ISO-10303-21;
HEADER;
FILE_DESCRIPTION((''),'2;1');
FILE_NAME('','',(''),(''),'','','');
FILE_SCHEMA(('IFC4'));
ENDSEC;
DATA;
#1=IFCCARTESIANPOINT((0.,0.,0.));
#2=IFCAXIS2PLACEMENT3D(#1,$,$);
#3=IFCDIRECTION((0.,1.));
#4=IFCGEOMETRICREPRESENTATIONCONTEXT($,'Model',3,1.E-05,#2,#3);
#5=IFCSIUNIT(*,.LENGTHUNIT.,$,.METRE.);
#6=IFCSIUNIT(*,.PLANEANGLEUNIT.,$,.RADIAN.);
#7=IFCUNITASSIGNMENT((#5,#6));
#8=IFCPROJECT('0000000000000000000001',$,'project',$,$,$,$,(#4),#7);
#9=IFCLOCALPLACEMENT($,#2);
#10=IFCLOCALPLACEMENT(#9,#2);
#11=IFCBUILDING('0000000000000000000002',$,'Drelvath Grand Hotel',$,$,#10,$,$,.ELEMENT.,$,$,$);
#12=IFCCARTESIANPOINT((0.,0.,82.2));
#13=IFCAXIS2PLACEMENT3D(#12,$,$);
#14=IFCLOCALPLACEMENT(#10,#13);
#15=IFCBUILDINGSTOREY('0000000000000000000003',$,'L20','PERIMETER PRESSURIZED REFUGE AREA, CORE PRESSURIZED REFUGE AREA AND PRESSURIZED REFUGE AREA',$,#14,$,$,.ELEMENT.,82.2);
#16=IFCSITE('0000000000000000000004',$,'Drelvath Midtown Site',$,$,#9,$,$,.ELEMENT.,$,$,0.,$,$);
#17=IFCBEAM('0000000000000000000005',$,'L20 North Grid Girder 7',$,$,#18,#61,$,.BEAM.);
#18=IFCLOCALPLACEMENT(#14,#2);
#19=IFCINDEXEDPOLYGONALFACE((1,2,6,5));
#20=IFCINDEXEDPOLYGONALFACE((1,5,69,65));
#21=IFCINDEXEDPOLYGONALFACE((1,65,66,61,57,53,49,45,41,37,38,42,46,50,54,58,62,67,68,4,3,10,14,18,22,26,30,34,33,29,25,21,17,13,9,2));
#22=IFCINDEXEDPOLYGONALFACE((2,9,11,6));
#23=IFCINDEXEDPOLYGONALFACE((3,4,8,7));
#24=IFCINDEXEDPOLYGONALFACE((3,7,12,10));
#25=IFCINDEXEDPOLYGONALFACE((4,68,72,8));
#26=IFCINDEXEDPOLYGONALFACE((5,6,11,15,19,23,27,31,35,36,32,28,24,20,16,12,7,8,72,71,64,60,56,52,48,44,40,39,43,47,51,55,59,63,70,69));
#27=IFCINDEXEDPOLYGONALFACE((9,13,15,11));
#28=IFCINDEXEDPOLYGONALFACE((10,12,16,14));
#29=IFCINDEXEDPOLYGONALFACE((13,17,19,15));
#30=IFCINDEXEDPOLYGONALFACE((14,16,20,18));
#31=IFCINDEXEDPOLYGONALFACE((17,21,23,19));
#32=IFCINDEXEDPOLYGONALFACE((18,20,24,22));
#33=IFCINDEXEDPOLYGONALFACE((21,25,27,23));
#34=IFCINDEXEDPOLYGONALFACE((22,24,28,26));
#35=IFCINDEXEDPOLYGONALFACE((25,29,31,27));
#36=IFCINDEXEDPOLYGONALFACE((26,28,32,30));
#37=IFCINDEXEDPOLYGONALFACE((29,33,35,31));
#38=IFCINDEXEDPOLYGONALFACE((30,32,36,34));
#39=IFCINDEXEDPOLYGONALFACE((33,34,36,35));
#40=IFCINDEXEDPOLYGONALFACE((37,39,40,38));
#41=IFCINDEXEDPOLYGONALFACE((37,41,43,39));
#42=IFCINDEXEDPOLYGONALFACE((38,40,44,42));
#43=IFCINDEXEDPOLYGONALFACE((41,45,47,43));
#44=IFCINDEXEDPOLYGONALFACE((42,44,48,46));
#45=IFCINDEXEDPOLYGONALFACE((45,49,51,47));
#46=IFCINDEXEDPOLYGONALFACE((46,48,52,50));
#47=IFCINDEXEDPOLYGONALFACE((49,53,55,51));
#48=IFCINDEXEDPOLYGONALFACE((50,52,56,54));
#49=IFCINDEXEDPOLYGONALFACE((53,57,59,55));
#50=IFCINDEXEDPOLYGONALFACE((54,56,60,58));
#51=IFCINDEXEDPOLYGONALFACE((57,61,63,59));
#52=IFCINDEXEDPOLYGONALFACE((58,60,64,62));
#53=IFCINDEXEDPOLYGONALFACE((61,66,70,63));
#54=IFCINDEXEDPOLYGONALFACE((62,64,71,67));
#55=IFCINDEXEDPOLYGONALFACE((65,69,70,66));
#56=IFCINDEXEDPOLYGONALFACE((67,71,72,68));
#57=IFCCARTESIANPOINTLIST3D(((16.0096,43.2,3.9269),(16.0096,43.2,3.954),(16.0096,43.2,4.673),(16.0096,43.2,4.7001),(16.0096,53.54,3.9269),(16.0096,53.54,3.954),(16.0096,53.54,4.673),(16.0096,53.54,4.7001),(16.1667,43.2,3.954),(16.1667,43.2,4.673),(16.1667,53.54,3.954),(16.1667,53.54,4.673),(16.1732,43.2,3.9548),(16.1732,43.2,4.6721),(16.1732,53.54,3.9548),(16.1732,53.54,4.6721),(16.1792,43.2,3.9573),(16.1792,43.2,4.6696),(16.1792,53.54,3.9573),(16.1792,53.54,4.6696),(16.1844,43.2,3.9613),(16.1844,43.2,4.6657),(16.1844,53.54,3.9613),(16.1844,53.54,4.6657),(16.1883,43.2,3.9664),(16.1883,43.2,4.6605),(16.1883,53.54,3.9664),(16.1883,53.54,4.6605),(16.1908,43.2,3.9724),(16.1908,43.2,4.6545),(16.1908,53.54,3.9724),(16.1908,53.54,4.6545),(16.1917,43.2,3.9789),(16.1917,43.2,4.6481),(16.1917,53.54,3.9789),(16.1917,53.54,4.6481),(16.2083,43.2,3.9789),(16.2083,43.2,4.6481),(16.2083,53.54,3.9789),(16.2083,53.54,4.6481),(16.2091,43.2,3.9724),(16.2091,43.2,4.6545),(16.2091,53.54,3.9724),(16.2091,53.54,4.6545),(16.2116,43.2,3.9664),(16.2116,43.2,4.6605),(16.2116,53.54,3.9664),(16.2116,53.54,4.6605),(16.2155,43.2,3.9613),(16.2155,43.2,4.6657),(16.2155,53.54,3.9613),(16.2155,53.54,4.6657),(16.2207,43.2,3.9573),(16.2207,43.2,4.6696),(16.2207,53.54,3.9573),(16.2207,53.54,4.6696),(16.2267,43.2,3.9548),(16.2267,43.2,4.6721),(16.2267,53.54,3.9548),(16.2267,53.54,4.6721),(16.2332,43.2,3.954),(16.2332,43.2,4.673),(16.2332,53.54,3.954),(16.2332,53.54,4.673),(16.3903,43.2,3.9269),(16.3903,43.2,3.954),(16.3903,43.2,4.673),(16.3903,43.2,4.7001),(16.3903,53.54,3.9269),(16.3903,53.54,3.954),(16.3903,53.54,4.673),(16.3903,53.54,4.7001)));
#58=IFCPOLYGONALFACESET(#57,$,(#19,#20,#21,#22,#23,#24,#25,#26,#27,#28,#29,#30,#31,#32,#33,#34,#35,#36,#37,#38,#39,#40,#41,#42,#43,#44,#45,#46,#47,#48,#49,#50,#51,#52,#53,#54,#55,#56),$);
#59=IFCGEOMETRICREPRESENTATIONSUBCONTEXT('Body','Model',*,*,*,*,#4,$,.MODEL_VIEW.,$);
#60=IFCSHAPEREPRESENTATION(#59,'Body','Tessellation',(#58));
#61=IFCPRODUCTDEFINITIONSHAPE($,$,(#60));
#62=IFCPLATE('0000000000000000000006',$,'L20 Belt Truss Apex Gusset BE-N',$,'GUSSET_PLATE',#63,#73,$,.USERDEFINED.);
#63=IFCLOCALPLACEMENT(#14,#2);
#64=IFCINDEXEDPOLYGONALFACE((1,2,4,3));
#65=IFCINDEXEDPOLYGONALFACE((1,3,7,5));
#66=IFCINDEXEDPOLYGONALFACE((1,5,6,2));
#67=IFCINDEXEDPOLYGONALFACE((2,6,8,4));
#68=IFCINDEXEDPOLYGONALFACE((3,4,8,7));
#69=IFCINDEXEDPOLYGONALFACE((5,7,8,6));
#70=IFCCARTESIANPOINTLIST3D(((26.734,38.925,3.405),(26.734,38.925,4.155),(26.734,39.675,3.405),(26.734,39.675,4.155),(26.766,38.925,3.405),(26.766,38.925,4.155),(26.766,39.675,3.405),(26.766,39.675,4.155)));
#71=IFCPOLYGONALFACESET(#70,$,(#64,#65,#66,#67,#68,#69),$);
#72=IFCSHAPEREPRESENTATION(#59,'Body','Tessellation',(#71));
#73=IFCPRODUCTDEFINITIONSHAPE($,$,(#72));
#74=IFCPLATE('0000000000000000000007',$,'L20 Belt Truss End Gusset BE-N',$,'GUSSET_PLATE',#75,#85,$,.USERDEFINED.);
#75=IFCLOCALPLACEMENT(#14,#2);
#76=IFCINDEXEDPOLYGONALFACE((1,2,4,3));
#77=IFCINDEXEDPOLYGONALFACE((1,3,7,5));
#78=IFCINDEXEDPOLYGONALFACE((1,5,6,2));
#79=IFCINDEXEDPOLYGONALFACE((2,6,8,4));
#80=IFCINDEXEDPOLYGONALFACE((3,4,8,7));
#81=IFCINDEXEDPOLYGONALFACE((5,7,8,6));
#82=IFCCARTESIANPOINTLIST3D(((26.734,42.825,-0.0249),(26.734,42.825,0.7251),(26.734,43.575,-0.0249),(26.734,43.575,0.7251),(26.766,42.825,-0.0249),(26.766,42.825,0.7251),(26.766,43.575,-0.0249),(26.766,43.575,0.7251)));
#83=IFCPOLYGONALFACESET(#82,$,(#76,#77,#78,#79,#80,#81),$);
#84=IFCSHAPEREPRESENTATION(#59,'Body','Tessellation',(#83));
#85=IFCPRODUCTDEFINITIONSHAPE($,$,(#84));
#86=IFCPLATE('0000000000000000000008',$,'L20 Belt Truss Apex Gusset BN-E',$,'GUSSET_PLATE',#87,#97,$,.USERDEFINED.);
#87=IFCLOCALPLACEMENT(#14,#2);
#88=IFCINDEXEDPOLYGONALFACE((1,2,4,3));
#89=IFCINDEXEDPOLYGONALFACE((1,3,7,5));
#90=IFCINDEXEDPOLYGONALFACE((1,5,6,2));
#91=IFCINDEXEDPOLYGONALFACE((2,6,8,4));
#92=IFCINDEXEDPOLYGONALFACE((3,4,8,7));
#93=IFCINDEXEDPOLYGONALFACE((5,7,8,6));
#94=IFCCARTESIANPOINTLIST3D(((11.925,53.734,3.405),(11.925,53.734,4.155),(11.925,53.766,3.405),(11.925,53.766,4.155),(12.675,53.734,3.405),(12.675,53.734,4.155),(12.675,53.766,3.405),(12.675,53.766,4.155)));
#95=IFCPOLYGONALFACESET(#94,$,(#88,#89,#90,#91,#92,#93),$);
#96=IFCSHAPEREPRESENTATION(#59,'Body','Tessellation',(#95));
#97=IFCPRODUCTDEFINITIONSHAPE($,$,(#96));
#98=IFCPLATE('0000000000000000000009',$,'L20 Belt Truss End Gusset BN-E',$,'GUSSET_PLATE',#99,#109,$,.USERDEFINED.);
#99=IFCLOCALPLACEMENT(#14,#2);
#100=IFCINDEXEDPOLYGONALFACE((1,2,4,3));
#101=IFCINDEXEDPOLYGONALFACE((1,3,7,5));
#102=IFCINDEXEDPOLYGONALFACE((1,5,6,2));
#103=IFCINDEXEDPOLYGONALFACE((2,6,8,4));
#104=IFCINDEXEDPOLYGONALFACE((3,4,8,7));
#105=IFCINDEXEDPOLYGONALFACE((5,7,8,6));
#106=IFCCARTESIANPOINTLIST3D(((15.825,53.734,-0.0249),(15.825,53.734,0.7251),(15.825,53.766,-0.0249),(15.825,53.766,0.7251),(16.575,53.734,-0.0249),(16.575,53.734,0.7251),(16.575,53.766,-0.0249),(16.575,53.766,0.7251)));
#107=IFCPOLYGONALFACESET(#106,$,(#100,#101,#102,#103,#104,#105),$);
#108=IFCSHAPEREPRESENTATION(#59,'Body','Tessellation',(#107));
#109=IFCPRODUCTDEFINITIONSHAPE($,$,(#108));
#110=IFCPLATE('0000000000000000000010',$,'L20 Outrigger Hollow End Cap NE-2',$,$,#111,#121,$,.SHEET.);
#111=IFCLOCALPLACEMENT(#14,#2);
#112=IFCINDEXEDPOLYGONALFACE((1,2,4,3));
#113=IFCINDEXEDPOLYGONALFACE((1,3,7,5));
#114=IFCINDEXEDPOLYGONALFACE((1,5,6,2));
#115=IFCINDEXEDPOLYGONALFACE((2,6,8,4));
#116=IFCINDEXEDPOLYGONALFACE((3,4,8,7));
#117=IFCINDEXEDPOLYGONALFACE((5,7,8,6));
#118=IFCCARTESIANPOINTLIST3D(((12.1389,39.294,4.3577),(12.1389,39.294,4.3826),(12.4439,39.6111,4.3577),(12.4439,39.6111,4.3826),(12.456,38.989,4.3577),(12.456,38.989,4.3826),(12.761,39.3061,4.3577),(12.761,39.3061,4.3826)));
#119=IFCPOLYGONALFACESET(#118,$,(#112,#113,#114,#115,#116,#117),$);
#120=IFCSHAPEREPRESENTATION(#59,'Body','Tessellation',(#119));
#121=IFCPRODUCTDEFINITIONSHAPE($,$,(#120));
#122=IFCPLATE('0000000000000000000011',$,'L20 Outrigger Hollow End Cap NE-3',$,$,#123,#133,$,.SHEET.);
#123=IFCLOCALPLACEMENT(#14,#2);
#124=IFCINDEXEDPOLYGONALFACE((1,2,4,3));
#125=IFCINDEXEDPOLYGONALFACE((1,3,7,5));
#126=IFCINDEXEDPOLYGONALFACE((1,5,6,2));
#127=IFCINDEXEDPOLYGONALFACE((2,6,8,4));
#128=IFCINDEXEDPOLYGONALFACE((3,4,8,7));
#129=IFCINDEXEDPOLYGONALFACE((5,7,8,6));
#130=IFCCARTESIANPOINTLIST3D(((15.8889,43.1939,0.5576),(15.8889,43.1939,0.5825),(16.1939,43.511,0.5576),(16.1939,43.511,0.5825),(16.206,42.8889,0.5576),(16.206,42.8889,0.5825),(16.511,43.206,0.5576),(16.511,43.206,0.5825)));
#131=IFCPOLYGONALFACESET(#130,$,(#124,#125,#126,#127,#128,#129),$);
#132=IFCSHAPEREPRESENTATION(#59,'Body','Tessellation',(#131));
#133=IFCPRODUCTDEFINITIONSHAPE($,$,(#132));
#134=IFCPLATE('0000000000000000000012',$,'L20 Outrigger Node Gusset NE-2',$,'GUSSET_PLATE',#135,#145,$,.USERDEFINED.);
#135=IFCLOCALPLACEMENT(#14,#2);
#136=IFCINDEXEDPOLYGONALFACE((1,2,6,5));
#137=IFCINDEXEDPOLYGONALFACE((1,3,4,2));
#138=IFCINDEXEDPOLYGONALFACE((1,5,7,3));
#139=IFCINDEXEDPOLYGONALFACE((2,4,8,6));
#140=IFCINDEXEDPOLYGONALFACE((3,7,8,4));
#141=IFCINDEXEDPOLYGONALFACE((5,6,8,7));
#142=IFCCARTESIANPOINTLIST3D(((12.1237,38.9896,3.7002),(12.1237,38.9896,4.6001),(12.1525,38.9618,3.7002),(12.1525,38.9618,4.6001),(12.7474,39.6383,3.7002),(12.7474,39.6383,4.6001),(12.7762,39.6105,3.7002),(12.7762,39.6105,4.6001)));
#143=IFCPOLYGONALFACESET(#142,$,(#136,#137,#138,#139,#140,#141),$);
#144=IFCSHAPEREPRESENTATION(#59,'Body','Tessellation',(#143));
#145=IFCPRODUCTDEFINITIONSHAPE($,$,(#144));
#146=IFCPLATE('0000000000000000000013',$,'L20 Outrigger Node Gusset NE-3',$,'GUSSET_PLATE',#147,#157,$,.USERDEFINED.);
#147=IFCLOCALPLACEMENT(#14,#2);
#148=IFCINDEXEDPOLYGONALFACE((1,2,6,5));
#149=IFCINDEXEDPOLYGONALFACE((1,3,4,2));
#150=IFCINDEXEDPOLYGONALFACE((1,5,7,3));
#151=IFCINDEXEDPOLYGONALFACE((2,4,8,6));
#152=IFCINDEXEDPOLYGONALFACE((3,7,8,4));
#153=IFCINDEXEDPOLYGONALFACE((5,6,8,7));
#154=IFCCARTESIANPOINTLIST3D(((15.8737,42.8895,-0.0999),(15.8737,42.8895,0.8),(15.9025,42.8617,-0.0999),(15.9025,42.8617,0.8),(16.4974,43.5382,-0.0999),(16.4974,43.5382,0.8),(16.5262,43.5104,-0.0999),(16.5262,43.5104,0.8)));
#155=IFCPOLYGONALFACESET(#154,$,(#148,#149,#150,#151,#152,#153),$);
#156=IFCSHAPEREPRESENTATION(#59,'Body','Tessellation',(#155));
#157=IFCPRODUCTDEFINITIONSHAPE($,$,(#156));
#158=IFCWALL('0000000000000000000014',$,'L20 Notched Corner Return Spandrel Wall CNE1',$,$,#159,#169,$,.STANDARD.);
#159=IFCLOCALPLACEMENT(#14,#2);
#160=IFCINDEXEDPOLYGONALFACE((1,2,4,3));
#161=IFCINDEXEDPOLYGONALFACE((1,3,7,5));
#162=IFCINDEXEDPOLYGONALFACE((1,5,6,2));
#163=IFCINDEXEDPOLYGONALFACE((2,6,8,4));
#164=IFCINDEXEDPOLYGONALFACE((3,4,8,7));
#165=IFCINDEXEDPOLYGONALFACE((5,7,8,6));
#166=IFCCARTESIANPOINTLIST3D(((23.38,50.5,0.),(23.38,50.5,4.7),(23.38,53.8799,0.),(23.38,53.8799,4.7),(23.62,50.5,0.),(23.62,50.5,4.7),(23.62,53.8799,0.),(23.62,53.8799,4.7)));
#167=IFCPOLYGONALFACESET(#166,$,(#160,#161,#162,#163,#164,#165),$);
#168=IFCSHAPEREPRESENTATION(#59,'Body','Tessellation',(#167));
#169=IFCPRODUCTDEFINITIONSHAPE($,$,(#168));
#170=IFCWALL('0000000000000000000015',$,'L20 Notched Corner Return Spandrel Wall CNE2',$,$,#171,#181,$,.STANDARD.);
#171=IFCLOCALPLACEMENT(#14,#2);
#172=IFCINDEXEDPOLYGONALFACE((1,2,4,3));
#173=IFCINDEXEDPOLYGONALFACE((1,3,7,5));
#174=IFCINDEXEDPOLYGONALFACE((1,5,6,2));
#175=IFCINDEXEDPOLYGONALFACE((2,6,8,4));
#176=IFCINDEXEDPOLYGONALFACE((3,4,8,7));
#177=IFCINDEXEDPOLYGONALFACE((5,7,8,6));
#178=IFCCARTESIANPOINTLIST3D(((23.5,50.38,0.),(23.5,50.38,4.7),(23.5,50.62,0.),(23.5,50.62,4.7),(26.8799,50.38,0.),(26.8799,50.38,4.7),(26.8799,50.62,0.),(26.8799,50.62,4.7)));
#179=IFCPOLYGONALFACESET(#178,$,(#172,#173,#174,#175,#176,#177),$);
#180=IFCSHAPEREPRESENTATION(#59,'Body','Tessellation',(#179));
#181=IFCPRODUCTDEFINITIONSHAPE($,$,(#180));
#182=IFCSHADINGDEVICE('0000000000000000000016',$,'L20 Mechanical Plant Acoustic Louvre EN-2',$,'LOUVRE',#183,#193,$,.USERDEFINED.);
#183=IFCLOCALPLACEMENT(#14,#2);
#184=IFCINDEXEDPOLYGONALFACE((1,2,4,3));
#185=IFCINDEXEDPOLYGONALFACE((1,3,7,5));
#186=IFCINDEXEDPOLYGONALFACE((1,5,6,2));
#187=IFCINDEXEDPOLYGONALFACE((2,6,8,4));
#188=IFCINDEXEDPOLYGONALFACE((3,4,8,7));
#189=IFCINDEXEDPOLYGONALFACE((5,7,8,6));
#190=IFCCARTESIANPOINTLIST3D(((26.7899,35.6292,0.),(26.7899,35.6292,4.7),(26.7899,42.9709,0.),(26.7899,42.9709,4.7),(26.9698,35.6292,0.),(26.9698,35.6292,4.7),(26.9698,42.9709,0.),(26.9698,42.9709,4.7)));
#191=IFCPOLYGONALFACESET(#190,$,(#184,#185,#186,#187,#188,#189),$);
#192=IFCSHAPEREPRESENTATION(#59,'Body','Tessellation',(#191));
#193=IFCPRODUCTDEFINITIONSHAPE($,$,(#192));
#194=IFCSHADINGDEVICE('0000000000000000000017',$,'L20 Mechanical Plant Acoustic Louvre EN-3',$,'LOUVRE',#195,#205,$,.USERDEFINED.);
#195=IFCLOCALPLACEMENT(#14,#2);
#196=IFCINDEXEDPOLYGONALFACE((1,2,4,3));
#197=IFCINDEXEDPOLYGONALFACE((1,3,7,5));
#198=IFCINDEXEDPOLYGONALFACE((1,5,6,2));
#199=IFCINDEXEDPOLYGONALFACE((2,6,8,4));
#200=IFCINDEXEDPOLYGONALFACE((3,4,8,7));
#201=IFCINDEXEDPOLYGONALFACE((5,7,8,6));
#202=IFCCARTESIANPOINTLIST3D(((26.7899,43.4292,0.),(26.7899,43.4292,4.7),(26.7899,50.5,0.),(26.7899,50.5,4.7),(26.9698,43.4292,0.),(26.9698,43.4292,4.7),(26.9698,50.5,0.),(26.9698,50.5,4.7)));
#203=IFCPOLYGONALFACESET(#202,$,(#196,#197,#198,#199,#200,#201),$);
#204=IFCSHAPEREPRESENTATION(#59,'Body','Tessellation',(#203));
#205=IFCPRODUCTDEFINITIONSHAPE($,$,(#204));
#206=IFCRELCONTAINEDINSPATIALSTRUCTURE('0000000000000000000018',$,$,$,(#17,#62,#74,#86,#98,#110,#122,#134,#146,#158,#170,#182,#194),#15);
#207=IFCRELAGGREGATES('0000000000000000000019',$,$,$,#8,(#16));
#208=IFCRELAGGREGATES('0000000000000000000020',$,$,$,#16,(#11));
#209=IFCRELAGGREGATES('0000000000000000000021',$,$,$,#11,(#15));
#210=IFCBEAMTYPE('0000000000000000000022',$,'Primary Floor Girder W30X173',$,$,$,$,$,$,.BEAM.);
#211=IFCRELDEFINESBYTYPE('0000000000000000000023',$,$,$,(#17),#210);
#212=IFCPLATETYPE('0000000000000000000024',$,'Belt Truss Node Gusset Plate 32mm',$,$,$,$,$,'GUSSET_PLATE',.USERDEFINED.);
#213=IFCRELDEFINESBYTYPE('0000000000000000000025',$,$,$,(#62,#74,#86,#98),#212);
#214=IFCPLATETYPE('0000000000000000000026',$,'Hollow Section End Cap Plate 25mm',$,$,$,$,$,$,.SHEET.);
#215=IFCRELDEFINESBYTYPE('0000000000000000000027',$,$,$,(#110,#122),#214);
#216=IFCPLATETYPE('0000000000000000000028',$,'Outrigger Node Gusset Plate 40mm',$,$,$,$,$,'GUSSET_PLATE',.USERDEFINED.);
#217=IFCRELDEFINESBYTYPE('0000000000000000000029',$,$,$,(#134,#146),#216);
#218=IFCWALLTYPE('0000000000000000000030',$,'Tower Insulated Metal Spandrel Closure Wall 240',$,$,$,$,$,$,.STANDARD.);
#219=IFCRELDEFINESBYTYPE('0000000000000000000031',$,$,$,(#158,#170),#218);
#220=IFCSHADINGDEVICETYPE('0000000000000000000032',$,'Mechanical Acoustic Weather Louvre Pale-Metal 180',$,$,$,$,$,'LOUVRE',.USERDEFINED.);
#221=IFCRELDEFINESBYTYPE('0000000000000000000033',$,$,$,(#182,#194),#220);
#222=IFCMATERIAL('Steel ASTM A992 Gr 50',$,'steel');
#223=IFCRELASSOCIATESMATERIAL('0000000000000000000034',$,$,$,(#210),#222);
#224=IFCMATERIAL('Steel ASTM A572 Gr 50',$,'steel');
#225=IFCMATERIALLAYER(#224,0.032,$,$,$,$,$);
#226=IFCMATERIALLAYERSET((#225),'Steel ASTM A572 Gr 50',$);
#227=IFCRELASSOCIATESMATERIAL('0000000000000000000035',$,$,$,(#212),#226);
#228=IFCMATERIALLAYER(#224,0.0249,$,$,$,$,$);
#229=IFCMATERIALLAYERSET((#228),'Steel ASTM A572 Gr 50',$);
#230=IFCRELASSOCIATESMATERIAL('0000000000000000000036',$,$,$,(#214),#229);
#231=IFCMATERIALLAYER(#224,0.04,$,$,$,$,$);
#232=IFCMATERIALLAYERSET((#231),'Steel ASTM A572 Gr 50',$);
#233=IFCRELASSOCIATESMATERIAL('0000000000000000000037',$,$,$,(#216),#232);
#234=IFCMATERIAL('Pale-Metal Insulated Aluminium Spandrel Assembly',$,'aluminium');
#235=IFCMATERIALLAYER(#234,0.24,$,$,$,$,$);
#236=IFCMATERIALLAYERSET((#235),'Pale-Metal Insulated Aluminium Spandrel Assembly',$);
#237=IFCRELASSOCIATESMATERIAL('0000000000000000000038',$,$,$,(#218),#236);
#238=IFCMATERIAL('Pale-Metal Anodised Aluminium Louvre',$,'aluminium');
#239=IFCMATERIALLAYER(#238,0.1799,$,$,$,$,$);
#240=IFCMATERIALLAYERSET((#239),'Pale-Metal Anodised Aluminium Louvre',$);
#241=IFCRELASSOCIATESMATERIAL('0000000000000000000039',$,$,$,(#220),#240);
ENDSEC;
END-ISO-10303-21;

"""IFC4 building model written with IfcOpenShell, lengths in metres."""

from ifc_helpers import new_model, si_unit, direction, frame, frame_2d, origin, origin_2d, place, context, subcontext, project, spatial, rectangle, i_section, extrude, material, layer, layer_set, material_profile, profile_set, type_object, element, save


model = new_model("IFC4")

# Units and contexts
model_context = context("Model", 3, precision=1e-05, world=origin(), true_north=direction((0.0, 1.0)))
body_context = subcontext(model_context, "Body", "Model", "MODEL_VIEW")
ifc_project = project(units=[si_unit("LENGTHUNIT", "METRE"), si_unit("PLANEANGLEUNIT", "RADIAN")], contexts=[model_context])

# Site, building, storey
site_placement = place(None, origin())
site = spatial("IfcSite", under=ifc_project, at=site_placement, Name="Drelvath Midtown Site", CompositionType="ELEMENT", RefElevation=0.0)
building_placement = place(site_placement, origin())
building = spatial("IfcBuilding", under=site, at=building_placement, Name="Drelvath Grand Hotel", CompositionType="ELEMENT")
storey_placement = place(building_placement, frame((0.0, 0.0, 82.2)))
storey = spatial("IfcBuildingStorey", under=building, at=storey_placement, Name="L20", Description="PERIMETER PRESSURIZED REFUGE AREA, CORE PRESSURIZED REFUGE AREA AND PRESSURIZED REFUGE AREA", CompositionType="ELEMENT", Elevation=82.2)

# Shared definitions
ifc_material_1 = material(Name="Steel ASTM A572 Gr 50", Category="steel")

# Beam
ifc_material_2 = material(Name="Steel ASTM A992 Gr 50", Category="steel")
ifc_material_profile_1 = material_profile(ifc_material_2, i_section(OverallWidth=0.3806, OverallDepth=0.7732, WebThickness=0.0166, FlangeThickness=0.0271, FilletRadius=0.0249, at=origin_2d()), Name="W30X173")
ifc_profile_set_1 = profile_set([ifc_material_profile_1], Name="Steel ASTM A992 Gr 50")
beam_type_1 = type_object("IfcBeamType", Name="Primary Floor Girder W30X173", PredefinedType="BEAM", material=ifc_profile_set_1)
beam_1_placement = place(storey_placement, frame((16.2, 43.2, 4.3135), z_axis=(0.0, 1.0, 0.0), x_axis=(-1.0, 0.0, 0.0)))
element("IfcBeam", 1, at=beam_1_placement, inside=storey, type_object=beam_type_1, Name="L20 North Grid Girder 7", PredefinedType="BEAM", context=body_context, shape_type="SweptSolid", body=[
    extrude(i_section(OverallWidth=0.3806, OverallDepth=0.7732, WebThickness=0.0166, FlangeThickness=0.0271, FilletRadius=0.0249, at=origin_2d()), origin(), (0.0, 0.0, 1.0), 10.3401),
])

# Plates
ifc_layer_1 = layer(ifc_material_1, 0.032)
ifc_layer_set_1 = layer_set([ifc_layer_1], Name="Steel ASTM A572 Gr 50")
plate_type_1 = type_object("IfcPlateType", Name="Belt Truss Node Gusset Plate 32mm", ElementType="GUSSET_PLATE", PredefinedType="USERDEFINED", material=ifc_layer_set_1)
for number, where, z_axis, x_axis, name in (
    (2, (26.75, 39.3, 3.405), (0.0, 0.0, 1.0), (0.0, 1.0, 0.0), "L20 Belt Truss Apex Gusset BE-N"),
    (3, (26.75, 43.2, -0.0249), (0.0, 0.0, 1.0), (0.0, 1.0, 0.0), "L20 Belt Truss End Gusset BE-N"),
    (4, (12.3, 53.75, 3.405), (0.0, 0.0, 1.0), (1.0, 0.0, 0.0), "L20 Belt Truss Apex Gusset BN-E"),
    (5, (16.2, 53.75, -0.0249), (0.0, 0.0, 1.0), (1.0, 0.0, 0.0), "L20 Belt Truss End Gusset BN-E"),
):
    element("IfcPlate", number, at=place(storey_placement, frame(where, z_axis=z_axis, x_axis=x_axis)), inside=storey, type_object=plate_type_1, Name=name, ObjectType="GUSSET_PLATE", PredefinedType="USERDEFINED", context=body_context, shape_type="SweptSolid", body=[
        extrude(rectangle(XDim=0.75, YDim=0.032, at=origin_2d()), origin(), (0.0, 0.0, 1.0), 0.75),
    ])
ifc_layer_2 = layer(ifc_material_1, 0.0249)
ifc_layer_set_2 = layer_set([ifc_layer_2], Name="Steel ASTM A572 Gr 50")
plate_type_2 = type_object("IfcPlateType", Name="Hollow Section End Cap Plate 25mm", PredefinedType="SHEET", material=ifc_layer_set_2)
for number, where, z_axis, x_axis, name in (
    (6, (12.45, 39.3, 4.3577), (0.0, 0.0, 1.0), (0.693109, 0.720833, 0.0), "L20 Outrigger Hollow End Cap NE-2"),
    (7, (16.2, 43.2, 0.5576), (0.0, 0.0, 1.0), (0.693109, 0.720833, 0.0), "L20 Outrigger Hollow End Cap NE-3"),
):
    element("IfcPlate", number, at=place(storey_placement, frame(where, z_axis=z_axis, x_axis=x_axis)), inside=storey, type_object=plate_type_2, Name=name, PredefinedType="SHEET", context=body_context, shape_type="SweptSolid", body=[
        extrude(rectangle(XDim=0.4399, YDim=0.4399, at=origin_2d()), origin(), (0.0, 0.0, 1.0), 0.0249),
    ])
ifc_layer_3 = layer(ifc_material_1, 0.04)
ifc_layer_set_3 = layer_set([ifc_layer_3], Name="Steel ASTM A572 Gr 50")
plate_type_3 = type_object("IfcPlateType", Name="Outrigger Node Gusset Plate 40mm", ElementType="GUSSET_PLATE", PredefinedType="USERDEFINED", material=ifc_layer_set_3)
for number, where, z_axis, x_axis, name in (
    (8, (12.45, 39.3, 3.7002), (0.0, 0.0, 1.0), (0.693109, 0.720833, 0.0), "L20 Outrigger Node Gusset NE-2"),
    (9, (16.2, 43.2, -0.0999), (0.0, 0.0, 1.0), (0.693109, 0.720833, 0.0), "L20 Outrigger Node Gusset NE-3"),
):
    element("IfcPlate", number, at=place(storey_placement, frame(where, z_axis=z_axis, x_axis=x_axis)), inside=storey, type_object=plate_type_3, Name=name, ObjectType="GUSSET_PLATE", PredefinedType="USERDEFINED", context=body_context, shape_type="SweptSolid", body=[
        extrude(rectangle(XDim=0.8999, YDim=0.04, at=origin_2d()), origin(), (0.0, 0.0, 1.0), 0.8999),
    ])

# Walls
ifc_material_3 = material(Name="Pale-Metal Insulated Aluminium Spandrel Assembly", Category="aluminium")
ifc_layer_4 = layer(ifc_material_3, 0.24)
ifc_layer_set_4 = layer_set([ifc_layer_4], Name="Pale-Metal Insulated Aluminium Spandrel Assembly")
wall_type = type_object("IfcWallType", Name="Tower Insulated Metal Spandrel Closure Wall 240", PredefinedType="STANDARD", material=ifc_layer_set_4)
for number, where, z_axis, x_axis, name in (
    (10, (23.5, 53.8799, 0.0), (0.0, 0.0, 1.0), (0.0, -1.0, 0.0), "L20 Notched Corner Return Spandrel Wall CNE1"),
    (11, (23.5, 50.5, 0.0), (0.0, 0.0, 1.0), (1.0, 0.0, 0.0), "L20 Notched Corner Return Spandrel Wall CNE2"),
):
    element("IfcWall", number, at=place(storey_placement, frame(where, z_axis=z_axis, x_axis=x_axis)), inside=storey, type_object=wall_type, Name=name, PredefinedType="STANDARD", context=body_context, shape_type="SweptSolid", body=[
        extrude(rectangle(XDim=3.3799, YDim=0.24, at=frame_2d((1.6899, 0.0))), origin(), (0.0, 0.0, 1.0), 4.7),
    ])

# Shading devices
ifc_material_4 = material(Name="Pale-Metal Anodised Aluminium Louvre", Category="aluminium")
ifc_layer_5 = layer(ifc_material_4, 0.1799)
ifc_layer_set_5 = layer_set([ifc_layer_5], Name="Pale-Metal Anodised Aluminium Louvre")
shading_device_type = type_object("IfcShadingDeviceType", Name="Mechanical Acoustic Weather Louvre Pale-Metal 180", ElementType="LOUVRE", PredefinedType="USERDEFINED", material=ifc_layer_set_5)
shading_device_1_placement = place(storey_placement, frame((26.8799, 39.3, 0.0), z_axis=(0.0, 0.0, 1.0), x_axis=(0.0, 1.0, 0.0)))
element("IfcShadingDevice", 12, at=shading_device_1_placement, inside=storey, type_object=shading_device_type, Name="L20 Mechanical Plant Acoustic Louvre EN-2", ObjectType="LOUVRE", PredefinedType="USERDEFINED", context=body_context, shape_type="SweptSolid", body=[
    extrude(rectangle(XDim=7.3418, YDim=0.1799, at=origin_2d()), origin(), (0.0, 0.0, 1.0), 4.7),
])
shading_device_2_placement = place(storey_placement, frame((26.8799, 46.9646, 0.0), z_axis=(0.0, 0.0, 1.0), x_axis=(0.0, 1.0, 0.0)))
element("IfcShadingDevice", 13, at=shading_device_2_placement, inside=storey, type_object=shading_device_type, Name="L20 Mechanical Plant Acoustic Louvre EN-3", ObjectType="LOUVRE", PredefinedType="USERDEFINED", context=body_context, shape_type="SweptSolid", body=[
    extrude(rectangle(XDim=7.0708, YDim=0.1799, at=origin_2d()), origin(), (0.0, 0.0, 1.0), 4.7),
])

save(model, "model.ifc")
